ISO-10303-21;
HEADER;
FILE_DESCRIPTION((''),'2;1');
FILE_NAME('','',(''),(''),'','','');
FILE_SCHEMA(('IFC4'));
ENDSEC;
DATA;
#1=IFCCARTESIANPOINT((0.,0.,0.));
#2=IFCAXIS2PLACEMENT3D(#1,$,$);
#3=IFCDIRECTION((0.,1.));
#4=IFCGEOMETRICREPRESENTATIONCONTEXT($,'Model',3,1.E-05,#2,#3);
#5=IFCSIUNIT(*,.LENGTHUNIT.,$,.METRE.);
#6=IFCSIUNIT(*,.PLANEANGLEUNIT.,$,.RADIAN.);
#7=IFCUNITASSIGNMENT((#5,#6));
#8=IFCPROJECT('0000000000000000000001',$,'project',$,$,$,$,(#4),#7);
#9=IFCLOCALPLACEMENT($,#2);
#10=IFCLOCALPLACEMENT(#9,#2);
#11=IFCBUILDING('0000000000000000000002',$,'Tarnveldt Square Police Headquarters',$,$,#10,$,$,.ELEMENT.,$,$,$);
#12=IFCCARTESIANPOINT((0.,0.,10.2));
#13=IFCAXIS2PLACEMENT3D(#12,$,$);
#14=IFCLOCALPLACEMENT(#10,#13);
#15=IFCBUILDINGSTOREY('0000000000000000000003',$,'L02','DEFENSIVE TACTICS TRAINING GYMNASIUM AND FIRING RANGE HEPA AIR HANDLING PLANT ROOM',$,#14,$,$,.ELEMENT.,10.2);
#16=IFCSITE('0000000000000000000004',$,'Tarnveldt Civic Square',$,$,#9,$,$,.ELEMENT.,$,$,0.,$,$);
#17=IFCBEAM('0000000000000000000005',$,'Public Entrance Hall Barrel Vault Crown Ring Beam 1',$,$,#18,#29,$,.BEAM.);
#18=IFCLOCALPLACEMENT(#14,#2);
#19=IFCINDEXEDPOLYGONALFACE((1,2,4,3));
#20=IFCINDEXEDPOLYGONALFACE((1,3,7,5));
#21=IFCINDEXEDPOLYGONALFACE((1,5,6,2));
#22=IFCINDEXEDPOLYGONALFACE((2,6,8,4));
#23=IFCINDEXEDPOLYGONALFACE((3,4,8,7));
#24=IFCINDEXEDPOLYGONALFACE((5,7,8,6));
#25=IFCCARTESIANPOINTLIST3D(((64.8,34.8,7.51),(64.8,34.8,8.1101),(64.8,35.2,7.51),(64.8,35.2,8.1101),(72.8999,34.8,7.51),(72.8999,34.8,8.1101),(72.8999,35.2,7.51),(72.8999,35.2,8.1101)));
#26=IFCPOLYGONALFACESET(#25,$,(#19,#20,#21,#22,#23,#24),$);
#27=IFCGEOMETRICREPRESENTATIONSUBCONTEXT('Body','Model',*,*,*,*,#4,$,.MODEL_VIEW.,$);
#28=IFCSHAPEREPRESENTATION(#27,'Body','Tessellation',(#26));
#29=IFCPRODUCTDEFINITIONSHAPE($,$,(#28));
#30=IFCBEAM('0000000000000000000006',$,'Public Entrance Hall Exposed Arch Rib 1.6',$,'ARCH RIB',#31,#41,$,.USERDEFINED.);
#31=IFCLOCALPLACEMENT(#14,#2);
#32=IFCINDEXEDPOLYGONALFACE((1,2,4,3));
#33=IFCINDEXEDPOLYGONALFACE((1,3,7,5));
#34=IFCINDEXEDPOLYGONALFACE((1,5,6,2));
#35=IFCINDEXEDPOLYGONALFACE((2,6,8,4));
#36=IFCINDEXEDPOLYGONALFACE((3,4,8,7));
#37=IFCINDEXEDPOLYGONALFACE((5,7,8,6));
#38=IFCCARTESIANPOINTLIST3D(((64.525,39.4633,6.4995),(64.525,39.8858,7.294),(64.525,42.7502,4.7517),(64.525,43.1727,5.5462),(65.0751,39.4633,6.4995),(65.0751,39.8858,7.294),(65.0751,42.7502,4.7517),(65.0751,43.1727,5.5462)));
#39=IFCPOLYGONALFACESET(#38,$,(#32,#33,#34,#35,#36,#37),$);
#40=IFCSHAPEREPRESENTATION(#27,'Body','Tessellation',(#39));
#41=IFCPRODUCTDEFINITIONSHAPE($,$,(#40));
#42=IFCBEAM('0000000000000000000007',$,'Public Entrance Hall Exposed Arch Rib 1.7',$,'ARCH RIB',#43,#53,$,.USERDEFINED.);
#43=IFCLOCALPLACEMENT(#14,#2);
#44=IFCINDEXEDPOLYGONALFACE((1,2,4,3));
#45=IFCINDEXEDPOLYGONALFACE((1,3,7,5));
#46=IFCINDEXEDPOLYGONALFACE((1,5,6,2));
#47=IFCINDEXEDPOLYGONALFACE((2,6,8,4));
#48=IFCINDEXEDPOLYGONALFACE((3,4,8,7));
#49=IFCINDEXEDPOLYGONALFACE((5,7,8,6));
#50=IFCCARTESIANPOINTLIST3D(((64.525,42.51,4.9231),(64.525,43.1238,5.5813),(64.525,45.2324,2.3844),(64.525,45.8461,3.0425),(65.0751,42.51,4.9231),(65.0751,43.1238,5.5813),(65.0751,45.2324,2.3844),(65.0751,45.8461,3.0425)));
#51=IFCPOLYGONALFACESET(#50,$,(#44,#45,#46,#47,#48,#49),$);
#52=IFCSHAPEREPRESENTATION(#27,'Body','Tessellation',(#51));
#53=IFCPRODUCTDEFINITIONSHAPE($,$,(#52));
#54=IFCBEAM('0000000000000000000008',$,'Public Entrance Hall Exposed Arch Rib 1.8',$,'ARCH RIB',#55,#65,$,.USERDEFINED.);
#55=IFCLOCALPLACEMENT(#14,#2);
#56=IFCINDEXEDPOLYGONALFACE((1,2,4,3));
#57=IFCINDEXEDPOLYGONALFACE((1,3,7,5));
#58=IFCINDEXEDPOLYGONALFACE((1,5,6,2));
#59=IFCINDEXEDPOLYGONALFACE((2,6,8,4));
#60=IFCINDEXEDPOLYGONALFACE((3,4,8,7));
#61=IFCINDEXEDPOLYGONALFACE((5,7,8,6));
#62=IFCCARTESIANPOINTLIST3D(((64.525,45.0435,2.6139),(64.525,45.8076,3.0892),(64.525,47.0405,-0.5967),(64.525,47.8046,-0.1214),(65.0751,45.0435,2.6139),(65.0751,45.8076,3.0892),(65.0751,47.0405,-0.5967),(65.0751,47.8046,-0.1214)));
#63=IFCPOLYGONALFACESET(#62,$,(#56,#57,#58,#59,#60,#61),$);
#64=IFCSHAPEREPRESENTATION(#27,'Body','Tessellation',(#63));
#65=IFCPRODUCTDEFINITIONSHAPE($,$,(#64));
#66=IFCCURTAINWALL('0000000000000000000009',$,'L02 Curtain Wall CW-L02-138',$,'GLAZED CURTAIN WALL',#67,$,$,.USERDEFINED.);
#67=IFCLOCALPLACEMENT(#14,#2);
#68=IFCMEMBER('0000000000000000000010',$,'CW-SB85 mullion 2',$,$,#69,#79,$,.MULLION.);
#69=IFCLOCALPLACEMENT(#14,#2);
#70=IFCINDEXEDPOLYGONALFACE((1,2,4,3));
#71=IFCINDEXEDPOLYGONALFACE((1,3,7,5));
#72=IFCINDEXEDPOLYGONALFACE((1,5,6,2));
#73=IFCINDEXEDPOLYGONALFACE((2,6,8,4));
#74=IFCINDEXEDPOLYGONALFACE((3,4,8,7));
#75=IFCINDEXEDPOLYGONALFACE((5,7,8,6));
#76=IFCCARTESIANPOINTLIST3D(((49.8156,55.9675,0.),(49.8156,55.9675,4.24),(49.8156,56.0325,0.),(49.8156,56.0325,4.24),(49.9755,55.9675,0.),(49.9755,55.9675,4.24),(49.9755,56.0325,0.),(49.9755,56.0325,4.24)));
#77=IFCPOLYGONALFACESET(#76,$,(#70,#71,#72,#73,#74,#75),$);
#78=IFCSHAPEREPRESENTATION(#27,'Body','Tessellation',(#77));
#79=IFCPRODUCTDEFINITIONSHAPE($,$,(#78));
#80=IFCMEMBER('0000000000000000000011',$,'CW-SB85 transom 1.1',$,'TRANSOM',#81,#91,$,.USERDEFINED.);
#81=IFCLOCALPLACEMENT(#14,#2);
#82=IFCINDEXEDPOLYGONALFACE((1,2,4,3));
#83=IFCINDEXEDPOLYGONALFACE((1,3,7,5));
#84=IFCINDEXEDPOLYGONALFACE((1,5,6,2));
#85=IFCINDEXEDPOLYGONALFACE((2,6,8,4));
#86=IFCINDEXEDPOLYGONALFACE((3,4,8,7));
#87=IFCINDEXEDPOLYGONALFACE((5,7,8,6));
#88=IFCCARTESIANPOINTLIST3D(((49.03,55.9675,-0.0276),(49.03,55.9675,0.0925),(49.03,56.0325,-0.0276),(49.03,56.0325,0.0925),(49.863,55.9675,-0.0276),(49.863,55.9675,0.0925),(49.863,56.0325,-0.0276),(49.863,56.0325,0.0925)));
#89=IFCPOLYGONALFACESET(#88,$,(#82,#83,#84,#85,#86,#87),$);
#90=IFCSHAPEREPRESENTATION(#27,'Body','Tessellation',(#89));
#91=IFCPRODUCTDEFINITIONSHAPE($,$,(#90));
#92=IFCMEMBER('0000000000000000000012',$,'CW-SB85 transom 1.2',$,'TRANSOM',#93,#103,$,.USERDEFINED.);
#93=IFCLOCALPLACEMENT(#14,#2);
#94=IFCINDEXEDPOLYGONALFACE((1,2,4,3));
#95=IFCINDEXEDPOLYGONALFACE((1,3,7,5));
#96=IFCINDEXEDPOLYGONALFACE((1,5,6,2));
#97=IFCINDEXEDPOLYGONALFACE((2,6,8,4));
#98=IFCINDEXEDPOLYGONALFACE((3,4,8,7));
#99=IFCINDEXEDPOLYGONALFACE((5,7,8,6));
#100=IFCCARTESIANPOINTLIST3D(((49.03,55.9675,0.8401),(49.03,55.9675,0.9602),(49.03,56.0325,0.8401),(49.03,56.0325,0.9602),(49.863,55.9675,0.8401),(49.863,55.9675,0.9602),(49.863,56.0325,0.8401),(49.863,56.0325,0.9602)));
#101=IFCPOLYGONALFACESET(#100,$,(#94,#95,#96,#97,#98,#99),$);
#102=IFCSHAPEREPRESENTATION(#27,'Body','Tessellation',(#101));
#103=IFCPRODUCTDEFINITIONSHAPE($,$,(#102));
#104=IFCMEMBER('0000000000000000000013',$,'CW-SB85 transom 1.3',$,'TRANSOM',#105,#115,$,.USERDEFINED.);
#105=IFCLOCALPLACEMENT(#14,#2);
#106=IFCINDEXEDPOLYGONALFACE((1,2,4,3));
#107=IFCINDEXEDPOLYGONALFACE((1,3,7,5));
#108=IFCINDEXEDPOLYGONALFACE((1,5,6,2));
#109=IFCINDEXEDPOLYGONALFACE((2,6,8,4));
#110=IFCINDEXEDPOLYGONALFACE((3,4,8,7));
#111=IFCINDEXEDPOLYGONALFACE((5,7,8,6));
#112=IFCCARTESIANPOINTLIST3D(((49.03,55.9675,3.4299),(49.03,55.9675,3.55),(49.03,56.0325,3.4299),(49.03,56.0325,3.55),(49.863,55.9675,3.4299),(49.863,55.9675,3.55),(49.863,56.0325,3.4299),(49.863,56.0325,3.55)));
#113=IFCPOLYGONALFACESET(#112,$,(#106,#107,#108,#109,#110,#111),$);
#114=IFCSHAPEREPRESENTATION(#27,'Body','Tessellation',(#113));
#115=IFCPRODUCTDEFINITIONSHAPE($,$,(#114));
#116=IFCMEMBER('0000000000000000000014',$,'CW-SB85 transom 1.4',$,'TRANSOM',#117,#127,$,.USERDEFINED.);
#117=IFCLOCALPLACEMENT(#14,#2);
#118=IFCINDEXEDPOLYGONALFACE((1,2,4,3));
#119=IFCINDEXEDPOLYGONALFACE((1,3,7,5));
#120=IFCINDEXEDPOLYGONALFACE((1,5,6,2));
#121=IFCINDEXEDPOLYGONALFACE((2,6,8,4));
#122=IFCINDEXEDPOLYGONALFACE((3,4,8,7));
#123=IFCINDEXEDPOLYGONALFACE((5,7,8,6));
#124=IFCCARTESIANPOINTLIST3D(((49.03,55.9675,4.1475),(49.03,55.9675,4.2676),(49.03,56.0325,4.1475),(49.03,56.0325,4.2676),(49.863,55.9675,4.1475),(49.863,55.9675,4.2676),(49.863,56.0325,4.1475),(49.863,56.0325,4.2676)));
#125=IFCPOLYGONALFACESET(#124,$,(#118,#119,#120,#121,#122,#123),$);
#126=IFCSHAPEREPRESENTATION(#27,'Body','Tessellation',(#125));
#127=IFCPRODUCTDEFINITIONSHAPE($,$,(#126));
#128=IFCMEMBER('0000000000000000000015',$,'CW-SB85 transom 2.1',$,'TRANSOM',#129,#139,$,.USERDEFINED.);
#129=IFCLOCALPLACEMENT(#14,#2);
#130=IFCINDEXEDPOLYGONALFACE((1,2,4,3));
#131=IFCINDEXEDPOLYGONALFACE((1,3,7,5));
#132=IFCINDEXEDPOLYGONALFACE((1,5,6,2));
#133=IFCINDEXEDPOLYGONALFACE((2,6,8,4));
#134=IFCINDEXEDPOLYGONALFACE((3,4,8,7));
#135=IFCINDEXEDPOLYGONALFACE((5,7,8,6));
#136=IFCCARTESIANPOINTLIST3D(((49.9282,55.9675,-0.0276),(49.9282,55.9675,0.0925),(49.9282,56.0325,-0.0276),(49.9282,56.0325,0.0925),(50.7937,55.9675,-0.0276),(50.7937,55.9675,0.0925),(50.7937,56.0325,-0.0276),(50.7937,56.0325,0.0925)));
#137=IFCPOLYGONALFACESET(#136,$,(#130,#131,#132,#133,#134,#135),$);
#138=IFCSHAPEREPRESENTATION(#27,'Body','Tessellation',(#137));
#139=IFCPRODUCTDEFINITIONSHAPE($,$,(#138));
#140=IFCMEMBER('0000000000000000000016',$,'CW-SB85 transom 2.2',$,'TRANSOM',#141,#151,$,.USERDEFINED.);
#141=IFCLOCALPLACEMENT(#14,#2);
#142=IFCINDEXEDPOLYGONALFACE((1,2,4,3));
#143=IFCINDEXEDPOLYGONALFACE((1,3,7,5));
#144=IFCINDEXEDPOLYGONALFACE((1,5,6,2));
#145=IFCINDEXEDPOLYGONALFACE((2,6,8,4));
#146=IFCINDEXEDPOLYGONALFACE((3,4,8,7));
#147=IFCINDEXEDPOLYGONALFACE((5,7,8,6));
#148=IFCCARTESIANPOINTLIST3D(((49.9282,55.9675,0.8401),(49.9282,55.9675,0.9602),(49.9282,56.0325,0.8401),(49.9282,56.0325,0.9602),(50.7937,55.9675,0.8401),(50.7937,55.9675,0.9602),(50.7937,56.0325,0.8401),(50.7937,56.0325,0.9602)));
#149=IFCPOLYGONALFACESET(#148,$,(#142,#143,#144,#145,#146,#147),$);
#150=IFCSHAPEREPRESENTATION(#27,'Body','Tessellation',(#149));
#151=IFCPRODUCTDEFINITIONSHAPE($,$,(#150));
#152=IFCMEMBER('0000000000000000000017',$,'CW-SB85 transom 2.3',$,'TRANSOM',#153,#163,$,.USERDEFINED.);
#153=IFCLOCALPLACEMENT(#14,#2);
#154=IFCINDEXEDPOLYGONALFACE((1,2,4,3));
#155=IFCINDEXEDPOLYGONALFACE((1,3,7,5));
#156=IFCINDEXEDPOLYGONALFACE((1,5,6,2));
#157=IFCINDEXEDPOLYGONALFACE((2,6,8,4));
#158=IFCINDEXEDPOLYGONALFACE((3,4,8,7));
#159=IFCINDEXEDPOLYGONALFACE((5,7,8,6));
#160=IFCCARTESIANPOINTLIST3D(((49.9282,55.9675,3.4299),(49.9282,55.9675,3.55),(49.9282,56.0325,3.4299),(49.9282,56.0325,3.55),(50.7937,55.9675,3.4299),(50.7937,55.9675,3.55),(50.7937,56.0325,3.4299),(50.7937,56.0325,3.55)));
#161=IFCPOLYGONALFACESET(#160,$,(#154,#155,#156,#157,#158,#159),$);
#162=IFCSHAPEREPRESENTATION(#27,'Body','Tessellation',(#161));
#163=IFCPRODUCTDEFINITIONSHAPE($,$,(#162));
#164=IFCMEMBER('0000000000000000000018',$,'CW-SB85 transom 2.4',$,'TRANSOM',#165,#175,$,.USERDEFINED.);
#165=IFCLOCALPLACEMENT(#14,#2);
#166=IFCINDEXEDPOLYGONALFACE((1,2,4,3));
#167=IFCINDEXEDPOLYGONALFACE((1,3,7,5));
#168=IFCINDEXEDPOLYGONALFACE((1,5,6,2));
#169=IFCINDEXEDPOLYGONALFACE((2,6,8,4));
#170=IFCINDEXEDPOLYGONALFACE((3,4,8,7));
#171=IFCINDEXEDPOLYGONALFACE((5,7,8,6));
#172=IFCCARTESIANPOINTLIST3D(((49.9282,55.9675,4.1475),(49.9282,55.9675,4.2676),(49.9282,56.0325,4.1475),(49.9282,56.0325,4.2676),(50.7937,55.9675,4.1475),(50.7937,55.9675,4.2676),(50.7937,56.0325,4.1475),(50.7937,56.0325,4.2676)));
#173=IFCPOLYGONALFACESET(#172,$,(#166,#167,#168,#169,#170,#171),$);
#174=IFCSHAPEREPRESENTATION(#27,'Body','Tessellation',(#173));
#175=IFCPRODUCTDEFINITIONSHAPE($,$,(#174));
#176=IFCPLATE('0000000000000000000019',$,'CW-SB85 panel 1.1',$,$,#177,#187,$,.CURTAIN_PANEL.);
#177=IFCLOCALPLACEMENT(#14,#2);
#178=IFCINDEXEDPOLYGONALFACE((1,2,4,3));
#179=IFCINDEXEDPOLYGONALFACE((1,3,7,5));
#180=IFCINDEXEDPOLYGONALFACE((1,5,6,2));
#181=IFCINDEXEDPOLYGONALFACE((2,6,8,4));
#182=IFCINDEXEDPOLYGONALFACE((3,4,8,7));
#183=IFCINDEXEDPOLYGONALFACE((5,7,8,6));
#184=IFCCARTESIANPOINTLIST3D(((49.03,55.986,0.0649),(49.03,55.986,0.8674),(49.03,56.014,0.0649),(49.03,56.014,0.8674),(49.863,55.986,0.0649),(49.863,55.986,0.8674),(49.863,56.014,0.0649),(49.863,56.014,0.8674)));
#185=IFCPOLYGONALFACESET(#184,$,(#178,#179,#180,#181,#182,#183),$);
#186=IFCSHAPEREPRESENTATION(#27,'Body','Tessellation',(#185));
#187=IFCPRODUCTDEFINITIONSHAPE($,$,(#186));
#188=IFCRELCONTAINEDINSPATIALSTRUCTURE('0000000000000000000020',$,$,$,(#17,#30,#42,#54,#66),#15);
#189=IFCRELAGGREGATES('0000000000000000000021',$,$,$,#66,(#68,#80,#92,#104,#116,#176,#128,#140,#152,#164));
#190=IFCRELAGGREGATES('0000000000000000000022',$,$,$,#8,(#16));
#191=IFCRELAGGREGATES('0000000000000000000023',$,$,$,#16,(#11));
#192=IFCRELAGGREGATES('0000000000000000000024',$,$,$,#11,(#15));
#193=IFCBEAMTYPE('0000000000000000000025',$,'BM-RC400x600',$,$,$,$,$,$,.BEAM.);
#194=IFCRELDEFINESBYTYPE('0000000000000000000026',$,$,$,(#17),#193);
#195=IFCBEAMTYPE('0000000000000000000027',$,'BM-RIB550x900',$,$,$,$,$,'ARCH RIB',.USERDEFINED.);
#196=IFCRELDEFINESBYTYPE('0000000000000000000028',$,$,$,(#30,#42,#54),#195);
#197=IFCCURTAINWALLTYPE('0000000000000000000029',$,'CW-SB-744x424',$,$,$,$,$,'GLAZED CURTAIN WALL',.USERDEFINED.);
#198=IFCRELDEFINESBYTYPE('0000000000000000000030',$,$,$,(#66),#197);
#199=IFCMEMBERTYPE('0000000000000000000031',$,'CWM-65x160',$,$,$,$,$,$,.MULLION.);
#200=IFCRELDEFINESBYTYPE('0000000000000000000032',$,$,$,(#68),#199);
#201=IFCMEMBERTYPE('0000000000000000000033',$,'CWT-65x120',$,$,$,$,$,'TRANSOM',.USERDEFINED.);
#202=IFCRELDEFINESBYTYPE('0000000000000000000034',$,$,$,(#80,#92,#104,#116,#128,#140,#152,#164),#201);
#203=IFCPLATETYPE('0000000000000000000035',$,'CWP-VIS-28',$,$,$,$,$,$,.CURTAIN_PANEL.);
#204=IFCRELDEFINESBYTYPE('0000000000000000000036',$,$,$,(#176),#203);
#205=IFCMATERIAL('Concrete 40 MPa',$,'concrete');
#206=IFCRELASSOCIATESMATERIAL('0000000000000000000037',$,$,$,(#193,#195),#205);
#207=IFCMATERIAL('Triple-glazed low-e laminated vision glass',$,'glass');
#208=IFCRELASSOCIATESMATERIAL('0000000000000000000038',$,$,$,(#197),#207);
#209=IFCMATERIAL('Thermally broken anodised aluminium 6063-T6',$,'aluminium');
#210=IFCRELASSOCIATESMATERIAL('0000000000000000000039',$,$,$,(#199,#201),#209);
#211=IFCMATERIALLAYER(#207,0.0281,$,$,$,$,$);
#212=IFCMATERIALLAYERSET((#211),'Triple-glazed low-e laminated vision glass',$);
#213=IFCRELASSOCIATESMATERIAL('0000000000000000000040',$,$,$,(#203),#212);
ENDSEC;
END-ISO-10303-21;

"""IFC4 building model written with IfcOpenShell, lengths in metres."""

from ifc_helpers import new_model, si_unit, direction, frame, origin, origin_2d, place, context, subcontext, project, spatial, rectangle, extrude, material, layer, layer_set, material_profile, profile_set, type_object, element, aggregate, save


model = new_model("IFC4")

# Units and contexts
model_context = context("Model", 3, precision=1e-05, world=origin(), true_north=direction((0.0, 1.0)))
body_context = subcontext(model_context, "Body", "Model", "MODEL_VIEW")
ifc_project = project(units=[si_unit("LENGTHUNIT", "METRE"), si_unit("PLANEANGLEUNIT", "RADIAN")], contexts=[model_context])

# Site, building, storey
site_placement = place(None, origin())
site = spatial("IfcSite", under=ifc_project, at=site_placement, Name="Tarnveldt Civic Square", CompositionType="ELEMENT", RefElevation=0.0)
building_placement = place(site_placement, origin())
building = spatial("IfcBuilding", under=site, at=building_placement, Name="Tarnveldt Square Police Headquarters", CompositionType="ELEMENT")
storey_placement = place(building_placement, frame((0.0, 0.0, 10.2)))
storey = spatial("IfcBuildingStorey", under=building, at=storey_placement, Name="L02", Description="DEFENSIVE TACTICS TRAINING GYMNASIUM AND FIRING RANGE HEPA AIR HANDLING PLANT ROOM", CompositionType="ELEMENT", Elevation=10.2)

# Beams
ifc_material_1 = material(Name="Concrete 40 MPa", Category="concrete")
ifc_material_profile_1 = material_profile(ifc_material_1, rectangle(XDim=0.3999, YDim=0.6001, at=origin_2d()), Name="RC-B400x600")
ifc_profile_set_1 = profile_set([ifc_material_profile_1], Name="Concrete 40 MPa")
beam_type_1 = type_object("IfcBeamType", Name="BM-RC400x600", PredefinedType="BEAM", material=ifc_profile_set_1)
beam_1_placement = place(storey_placement, frame((64.8, 35.0, 7.8101), z_axis=(1.0, 0.0, 0.0), x_axis=(0.0, 1.0, 0.0)))
element("IfcBeam", 1, at=beam_1_placement, inside=storey, type_object=beam_type_1, Name="Public Entrance Hall Barrel Vault Crown Ring Beam 1", PredefinedType="BEAM", context=body_context, shape_type="SweptSolid", body=[
    extrude(rectangle(XDim=0.3999, YDim=0.6001, at=origin_2d()), origin(), (0.0, 0.0, 1.0), 8.0999),
])
ifc_material_profile_2 = material_profile(ifc_material_1, rectangle(XDim=0.55, YDim=0.8999, at=origin_2d()), Name="RC-RIB550x900")
ifc_profile_set_2 = profile_set([ifc_material_profile_2], Name="Concrete 40 MPa")
beam_type_2 = type_object("IfcBeamType", Name="BM-RIB550x900", ElementType="ARCH RIB", PredefinedType="USERDEFINED", material=ifc_profile_set_2)
beam_2_placement = place(storey_placement, frame((64.8, 39.6746, 6.8967), z_axis=(0.0, 0.882931, -0.469502), x_axis=(-1.0, 0.0, 0.0)))
element("IfcBeam", 2, at=beam_2_placement, inside=storey, type_object=beam_type_2, Name="Public Entrance Hall Exposed Arch Rib 1.6", ObjectType="ARCH RIB", PredefinedType="USERDEFINED", context=body_context, shape_type="SweptSolid", body=[
    extrude(rectangle(XDim=0.55, YDim=0.8999, at=origin_2d()), origin(), (0.0, 0.0, 1.0), 3.7227),
])
beam_3_placement = place(storey_placement, frame((64.8, 42.8169, 5.2522), z_axis=(0.0, 0.731337, -0.682017), x_axis=(-1.0, 0.0, 0.0)))
element("IfcBeam", 3, at=beam_3_placement, inside=storey, type_object=beam_type_2, Name="Public Entrance Hall Exposed Arch Rib 1.7", ObjectType="ARCH RIB", PredefinedType="USERDEFINED", context=body_context, shape_type="SweptSolid", body=[
    extrude(rectangle(XDim=0.55, YDim=0.8999, at=origin_2d()), origin(), (0.0, 0.0, 1.0), 3.7224),
])
beam_4_placement = place(storey_placement, frame((64.8, 45.4255, 2.8516), z_axis=(0.0, 0.528169, -0.849139), x_axis=(-1.0, 0.0, 0.0)))
element("IfcBeam", 4, at=beam_4_placement, inside=storey, type_object=beam_type_2, Name="Public Entrance Hall Exposed Arch Rib 1.8", ObjectType="ARCH RIB", PredefinedType="USERDEFINED", context=body_context, shape_type="SweptSolid", body=[
    extrude(rectangle(XDim=0.55, YDim=0.8999, at=origin_2d()), origin(), (0.0, 0.0, 1.0), 3.781),
])

# Curtain wall, members, plate
ifc_material_2 = material(Name="Triple-glazed low-e laminated vision glass", Category="glass")
curtain_wall_type = type_object("IfcCurtainWallType", Name="CW-SB-744x424", ElementType="GLAZED CURTAIN WALL", PredefinedType="USERDEFINED", material=ifc_material_2)
curtain_wall_placement = place(storey_placement, origin())
curtain_wall = element("IfcCurtainWall", 5, at=curtain_wall_placement, inside=storey, type_object=curtain_wall_type, Name="L02 Curtain Wall CW-L02-138", ObjectType="GLAZED CURTAIN WALL", PredefinedType="USERDEFINED")
ifc_material_3 = material(Name="Thermally broken anodised aluminium 6063-T6", Category="aluminium")
ifc_material_profile_3 = material_profile(ifc_material_3, rectangle(XDim=0.0649, YDim=0.1599, at=origin_2d()), Name="CW-M65x160")
ifc_profile_set_3 = profile_set([ifc_material_profile_3], Name="Thermally broken anodised aluminium 6063-T6")
member_type_1 = type_object("IfcMemberType", Name="CWM-65x160", PredefinedType="MULLION", material=ifc_profile_set_3)
member_1_placement = place(storey_placement, frame((49.8955, 56.0, 0.0), z_axis=(0.0, 0.0, 1.0), x_axis=(0.0, 1.0, 0.0)))
member_1 = element("IfcMember", 6, at=member_1_placement, type_object=member_type_1, Name="CW-SB85 mullion 2", PredefinedType="MULLION", context=body_context, shape_type="SweptSolid", body=[
    extrude(rectangle(XDim=0.0649, YDim=0.1599, at=origin_2d()), origin(), (0.0, 0.0, 1.0), 4.24),
])
ifc_material_profile_4 = material_profile(ifc_material_3, rectangle(XDim=0.0649, YDim=0.1201, at=origin_2d()), Name="CW-T65x120")
ifc_profile_set_4 = profile_set([ifc_material_profile_4], Name="Thermally broken anodised aluminium 6063-T6")
member_type_2 = type_object("IfcMemberType", Name="CWT-65x120", ElementType="TRANSOM", PredefinedType="USERDEFINED", material=ifc_profile_set_4)
member_2_placement = place(storey_placement, frame((49.03, 56.0, 0.0325), z_axis=(1.0, 0.0, 0.0), x_axis=(0.0, 1.0, 0.0)))
member_2 = element("IfcMember", 7, at=member_2_placement, type_object=member_type_2, Name="CW-SB85 transom 1.1", ObjectType="TRANSOM", PredefinedType="USERDEFINED", context=body_context, shape_type="SweptSolid", body=[
    extrude(rectangle(XDim=0.0649, YDim=0.1201, at=origin_2d()), origin(), (0.0, 0.0, 1.0), 0.833),
])
member_3_placement = place(storey_placement, frame((49.03, 56.0, 0.9001), z_axis=(1.0, 0.0, 0.0), x_axis=(0.0, 1.0, 0.0)))
member_3 = element("IfcMember", 8, at=member_3_placement, type_object=member_type_2, Name="CW-SB85 transom 1.2", ObjectType="TRANSOM", PredefinedType="USERDEFINED", context=body_context, shape_type="SweptSolid", body=[
    extrude(rectangle(XDim=0.0649, YDim=0.1201, at=origin_2d()), origin(), (0.0, 0.0, 1.0), 0.833),
])
member_4_placement = place(storey_placement, frame((49.03, 56.0, 3.49), z_axis=(1.0, 0.0, 0.0), x_axis=(0.0, 1.0, 0.0)))
member_4 = element("IfcMember", 9, at=member_4_placement, type_object=member_type_2, Name="CW-SB85 transom 1.3", ObjectType="TRANSOM", PredefinedType="USERDEFINED", context=body_context, shape_type="SweptSolid", body=[
    extrude(rectangle(XDim=0.0649, YDim=0.1201, at=origin_2d()), origin(), (0.0, 0.0, 1.0), 0.833),
])
member_5_placement = place(storey_placement, frame((49.03, 56.0, 4.2075), z_axis=(1.0, 0.0, 0.0), x_axis=(0.0, 1.0, 0.0)))
member_5 = element("IfcMember", 10, at=member_5_placement, type_object=member_type_2, Name="CW-SB85 transom 1.4", ObjectType="TRANSOM", PredefinedType="USERDEFINED", context=body_context, shape_type="SweptSolid", body=[
    extrude(rectangle(XDim=0.0649, YDim=0.1201, at=origin_2d()), origin(), (0.0, 0.0, 1.0), 0.833),
])
member_6_placement = place(storey_placement, frame((49.9282, 56.0, 0.0325), z_axis=(1.0, 0.0, 0.0), x_axis=(0.0, 1.0, 0.0)))
member_6 = element("IfcMember", 11, at=member_6_placement, type_object=member_type_2, Name="CW-SB85 transom 2.1", ObjectType="TRANSOM", PredefinedType="USERDEFINED", context=body_context, shape_type="SweptSolid", body=[
    extrude(rectangle(XDim=0.0649, YDim=0.1201, at=origin_2d()), origin(), (0.0, 0.0, 1.0), 0.8655),
])
member_7_placement = place(storey_placement, frame((49.9282, 56.0, 0.9001), z_axis=(1.0, 0.0, 0.0), x_axis=(0.0, 1.0, 0.0)))
member_7 = element("IfcMember", 12, at=member_7_placement, type_object=member_type_2, Name="CW-SB85 transom 2.2", ObjectType="TRANSOM", PredefinedType="USERDEFINED", context=body_context, shape_type="SweptSolid", body=[
    extrude(rectangle(XDim=0.0649, YDim=0.1201, at=origin_2d()), origin(), (0.0, 0.0, 1.0), 0.8655),
])
member_8_placement = place(storey_placement, frame((49.9282, 56.0, 3.49), z_axis=(1.0, 0.0, 0.0), x_axis=(0.0, 1.0, 0.0)))
member_8 = element("IfcMember", 13, at=member_8_placement, type_object=member_type_2, Name="CW-SB85 transom 2.3", ObjectType="TRANSOM", PredefinedType="USERDEFINED", context=body_context, shape_type="SweptSolid", body=[
    extrude(rectangle(XDim=0.0649, YDim=0.1201, at=origin_2d()), origin(), (0.0, 0.0, 1.0), 0.8655),
])
member_9_placement = place(storey_placement, frame((49.9282, 56.0, 4.2075), z_axis=(1.0, 0.0, 0.0), x_axis=(0.0, 1.0, 0.0)))
member_9 = element("IfcMember", 14, at=member_9_placement, type_object=member_type_2, Name="CW-SB85 transom 2.4", ObjectType="TRANSOM", PredefinedType="USERDEFINED", context=body_context, shape_type="SweptSolid", body=[
    extrude(rectangle(XDim=0.0649, YDim=0.1201, at=origin_2d()), origin(), (0.0, 0.0, 1.0), 0.8655),
])
ifc_layer_1 = layer(ifc_material_2, 0.0281)
ifc_layer_set_1 = layer_set([ifc_layer_1], Name="Triple-glazed low-e laminated vision glass")
plate_type = type_object("IfcPlateType", Name="CWP-VIS-28", PredefinedType="CURTAIN_PANEL", material=ifc_layer_set_1)
plate_1_placement = place(storey_placement, frame((49.4465, 56.0, 0.0649), z_axis=(0.0, 0.0, 1.0), x_axis=(1.0, 0.0, 0.0)))
plate_1 = element("IfcPlate", 15, at=plate_1_placement, type_object=plate_type, Name="CW-SB85 panel 1.1", PredefinedType="CURTAIN_PANEL", context=body_context, shape_type="SweptSolid", body=[
    extrude(rectangle(XDim=0.833, YDim=0.0281, at=origin_2d()), origin(), (0.0, 0.0, 1.0), 0.8025),
])
aggregate(curtain_wall, [member_1, member_2, member_3, member_4, member_5, plate_1, member_6, member_7, member_8, member_9])

save(model, "model.ifc")
